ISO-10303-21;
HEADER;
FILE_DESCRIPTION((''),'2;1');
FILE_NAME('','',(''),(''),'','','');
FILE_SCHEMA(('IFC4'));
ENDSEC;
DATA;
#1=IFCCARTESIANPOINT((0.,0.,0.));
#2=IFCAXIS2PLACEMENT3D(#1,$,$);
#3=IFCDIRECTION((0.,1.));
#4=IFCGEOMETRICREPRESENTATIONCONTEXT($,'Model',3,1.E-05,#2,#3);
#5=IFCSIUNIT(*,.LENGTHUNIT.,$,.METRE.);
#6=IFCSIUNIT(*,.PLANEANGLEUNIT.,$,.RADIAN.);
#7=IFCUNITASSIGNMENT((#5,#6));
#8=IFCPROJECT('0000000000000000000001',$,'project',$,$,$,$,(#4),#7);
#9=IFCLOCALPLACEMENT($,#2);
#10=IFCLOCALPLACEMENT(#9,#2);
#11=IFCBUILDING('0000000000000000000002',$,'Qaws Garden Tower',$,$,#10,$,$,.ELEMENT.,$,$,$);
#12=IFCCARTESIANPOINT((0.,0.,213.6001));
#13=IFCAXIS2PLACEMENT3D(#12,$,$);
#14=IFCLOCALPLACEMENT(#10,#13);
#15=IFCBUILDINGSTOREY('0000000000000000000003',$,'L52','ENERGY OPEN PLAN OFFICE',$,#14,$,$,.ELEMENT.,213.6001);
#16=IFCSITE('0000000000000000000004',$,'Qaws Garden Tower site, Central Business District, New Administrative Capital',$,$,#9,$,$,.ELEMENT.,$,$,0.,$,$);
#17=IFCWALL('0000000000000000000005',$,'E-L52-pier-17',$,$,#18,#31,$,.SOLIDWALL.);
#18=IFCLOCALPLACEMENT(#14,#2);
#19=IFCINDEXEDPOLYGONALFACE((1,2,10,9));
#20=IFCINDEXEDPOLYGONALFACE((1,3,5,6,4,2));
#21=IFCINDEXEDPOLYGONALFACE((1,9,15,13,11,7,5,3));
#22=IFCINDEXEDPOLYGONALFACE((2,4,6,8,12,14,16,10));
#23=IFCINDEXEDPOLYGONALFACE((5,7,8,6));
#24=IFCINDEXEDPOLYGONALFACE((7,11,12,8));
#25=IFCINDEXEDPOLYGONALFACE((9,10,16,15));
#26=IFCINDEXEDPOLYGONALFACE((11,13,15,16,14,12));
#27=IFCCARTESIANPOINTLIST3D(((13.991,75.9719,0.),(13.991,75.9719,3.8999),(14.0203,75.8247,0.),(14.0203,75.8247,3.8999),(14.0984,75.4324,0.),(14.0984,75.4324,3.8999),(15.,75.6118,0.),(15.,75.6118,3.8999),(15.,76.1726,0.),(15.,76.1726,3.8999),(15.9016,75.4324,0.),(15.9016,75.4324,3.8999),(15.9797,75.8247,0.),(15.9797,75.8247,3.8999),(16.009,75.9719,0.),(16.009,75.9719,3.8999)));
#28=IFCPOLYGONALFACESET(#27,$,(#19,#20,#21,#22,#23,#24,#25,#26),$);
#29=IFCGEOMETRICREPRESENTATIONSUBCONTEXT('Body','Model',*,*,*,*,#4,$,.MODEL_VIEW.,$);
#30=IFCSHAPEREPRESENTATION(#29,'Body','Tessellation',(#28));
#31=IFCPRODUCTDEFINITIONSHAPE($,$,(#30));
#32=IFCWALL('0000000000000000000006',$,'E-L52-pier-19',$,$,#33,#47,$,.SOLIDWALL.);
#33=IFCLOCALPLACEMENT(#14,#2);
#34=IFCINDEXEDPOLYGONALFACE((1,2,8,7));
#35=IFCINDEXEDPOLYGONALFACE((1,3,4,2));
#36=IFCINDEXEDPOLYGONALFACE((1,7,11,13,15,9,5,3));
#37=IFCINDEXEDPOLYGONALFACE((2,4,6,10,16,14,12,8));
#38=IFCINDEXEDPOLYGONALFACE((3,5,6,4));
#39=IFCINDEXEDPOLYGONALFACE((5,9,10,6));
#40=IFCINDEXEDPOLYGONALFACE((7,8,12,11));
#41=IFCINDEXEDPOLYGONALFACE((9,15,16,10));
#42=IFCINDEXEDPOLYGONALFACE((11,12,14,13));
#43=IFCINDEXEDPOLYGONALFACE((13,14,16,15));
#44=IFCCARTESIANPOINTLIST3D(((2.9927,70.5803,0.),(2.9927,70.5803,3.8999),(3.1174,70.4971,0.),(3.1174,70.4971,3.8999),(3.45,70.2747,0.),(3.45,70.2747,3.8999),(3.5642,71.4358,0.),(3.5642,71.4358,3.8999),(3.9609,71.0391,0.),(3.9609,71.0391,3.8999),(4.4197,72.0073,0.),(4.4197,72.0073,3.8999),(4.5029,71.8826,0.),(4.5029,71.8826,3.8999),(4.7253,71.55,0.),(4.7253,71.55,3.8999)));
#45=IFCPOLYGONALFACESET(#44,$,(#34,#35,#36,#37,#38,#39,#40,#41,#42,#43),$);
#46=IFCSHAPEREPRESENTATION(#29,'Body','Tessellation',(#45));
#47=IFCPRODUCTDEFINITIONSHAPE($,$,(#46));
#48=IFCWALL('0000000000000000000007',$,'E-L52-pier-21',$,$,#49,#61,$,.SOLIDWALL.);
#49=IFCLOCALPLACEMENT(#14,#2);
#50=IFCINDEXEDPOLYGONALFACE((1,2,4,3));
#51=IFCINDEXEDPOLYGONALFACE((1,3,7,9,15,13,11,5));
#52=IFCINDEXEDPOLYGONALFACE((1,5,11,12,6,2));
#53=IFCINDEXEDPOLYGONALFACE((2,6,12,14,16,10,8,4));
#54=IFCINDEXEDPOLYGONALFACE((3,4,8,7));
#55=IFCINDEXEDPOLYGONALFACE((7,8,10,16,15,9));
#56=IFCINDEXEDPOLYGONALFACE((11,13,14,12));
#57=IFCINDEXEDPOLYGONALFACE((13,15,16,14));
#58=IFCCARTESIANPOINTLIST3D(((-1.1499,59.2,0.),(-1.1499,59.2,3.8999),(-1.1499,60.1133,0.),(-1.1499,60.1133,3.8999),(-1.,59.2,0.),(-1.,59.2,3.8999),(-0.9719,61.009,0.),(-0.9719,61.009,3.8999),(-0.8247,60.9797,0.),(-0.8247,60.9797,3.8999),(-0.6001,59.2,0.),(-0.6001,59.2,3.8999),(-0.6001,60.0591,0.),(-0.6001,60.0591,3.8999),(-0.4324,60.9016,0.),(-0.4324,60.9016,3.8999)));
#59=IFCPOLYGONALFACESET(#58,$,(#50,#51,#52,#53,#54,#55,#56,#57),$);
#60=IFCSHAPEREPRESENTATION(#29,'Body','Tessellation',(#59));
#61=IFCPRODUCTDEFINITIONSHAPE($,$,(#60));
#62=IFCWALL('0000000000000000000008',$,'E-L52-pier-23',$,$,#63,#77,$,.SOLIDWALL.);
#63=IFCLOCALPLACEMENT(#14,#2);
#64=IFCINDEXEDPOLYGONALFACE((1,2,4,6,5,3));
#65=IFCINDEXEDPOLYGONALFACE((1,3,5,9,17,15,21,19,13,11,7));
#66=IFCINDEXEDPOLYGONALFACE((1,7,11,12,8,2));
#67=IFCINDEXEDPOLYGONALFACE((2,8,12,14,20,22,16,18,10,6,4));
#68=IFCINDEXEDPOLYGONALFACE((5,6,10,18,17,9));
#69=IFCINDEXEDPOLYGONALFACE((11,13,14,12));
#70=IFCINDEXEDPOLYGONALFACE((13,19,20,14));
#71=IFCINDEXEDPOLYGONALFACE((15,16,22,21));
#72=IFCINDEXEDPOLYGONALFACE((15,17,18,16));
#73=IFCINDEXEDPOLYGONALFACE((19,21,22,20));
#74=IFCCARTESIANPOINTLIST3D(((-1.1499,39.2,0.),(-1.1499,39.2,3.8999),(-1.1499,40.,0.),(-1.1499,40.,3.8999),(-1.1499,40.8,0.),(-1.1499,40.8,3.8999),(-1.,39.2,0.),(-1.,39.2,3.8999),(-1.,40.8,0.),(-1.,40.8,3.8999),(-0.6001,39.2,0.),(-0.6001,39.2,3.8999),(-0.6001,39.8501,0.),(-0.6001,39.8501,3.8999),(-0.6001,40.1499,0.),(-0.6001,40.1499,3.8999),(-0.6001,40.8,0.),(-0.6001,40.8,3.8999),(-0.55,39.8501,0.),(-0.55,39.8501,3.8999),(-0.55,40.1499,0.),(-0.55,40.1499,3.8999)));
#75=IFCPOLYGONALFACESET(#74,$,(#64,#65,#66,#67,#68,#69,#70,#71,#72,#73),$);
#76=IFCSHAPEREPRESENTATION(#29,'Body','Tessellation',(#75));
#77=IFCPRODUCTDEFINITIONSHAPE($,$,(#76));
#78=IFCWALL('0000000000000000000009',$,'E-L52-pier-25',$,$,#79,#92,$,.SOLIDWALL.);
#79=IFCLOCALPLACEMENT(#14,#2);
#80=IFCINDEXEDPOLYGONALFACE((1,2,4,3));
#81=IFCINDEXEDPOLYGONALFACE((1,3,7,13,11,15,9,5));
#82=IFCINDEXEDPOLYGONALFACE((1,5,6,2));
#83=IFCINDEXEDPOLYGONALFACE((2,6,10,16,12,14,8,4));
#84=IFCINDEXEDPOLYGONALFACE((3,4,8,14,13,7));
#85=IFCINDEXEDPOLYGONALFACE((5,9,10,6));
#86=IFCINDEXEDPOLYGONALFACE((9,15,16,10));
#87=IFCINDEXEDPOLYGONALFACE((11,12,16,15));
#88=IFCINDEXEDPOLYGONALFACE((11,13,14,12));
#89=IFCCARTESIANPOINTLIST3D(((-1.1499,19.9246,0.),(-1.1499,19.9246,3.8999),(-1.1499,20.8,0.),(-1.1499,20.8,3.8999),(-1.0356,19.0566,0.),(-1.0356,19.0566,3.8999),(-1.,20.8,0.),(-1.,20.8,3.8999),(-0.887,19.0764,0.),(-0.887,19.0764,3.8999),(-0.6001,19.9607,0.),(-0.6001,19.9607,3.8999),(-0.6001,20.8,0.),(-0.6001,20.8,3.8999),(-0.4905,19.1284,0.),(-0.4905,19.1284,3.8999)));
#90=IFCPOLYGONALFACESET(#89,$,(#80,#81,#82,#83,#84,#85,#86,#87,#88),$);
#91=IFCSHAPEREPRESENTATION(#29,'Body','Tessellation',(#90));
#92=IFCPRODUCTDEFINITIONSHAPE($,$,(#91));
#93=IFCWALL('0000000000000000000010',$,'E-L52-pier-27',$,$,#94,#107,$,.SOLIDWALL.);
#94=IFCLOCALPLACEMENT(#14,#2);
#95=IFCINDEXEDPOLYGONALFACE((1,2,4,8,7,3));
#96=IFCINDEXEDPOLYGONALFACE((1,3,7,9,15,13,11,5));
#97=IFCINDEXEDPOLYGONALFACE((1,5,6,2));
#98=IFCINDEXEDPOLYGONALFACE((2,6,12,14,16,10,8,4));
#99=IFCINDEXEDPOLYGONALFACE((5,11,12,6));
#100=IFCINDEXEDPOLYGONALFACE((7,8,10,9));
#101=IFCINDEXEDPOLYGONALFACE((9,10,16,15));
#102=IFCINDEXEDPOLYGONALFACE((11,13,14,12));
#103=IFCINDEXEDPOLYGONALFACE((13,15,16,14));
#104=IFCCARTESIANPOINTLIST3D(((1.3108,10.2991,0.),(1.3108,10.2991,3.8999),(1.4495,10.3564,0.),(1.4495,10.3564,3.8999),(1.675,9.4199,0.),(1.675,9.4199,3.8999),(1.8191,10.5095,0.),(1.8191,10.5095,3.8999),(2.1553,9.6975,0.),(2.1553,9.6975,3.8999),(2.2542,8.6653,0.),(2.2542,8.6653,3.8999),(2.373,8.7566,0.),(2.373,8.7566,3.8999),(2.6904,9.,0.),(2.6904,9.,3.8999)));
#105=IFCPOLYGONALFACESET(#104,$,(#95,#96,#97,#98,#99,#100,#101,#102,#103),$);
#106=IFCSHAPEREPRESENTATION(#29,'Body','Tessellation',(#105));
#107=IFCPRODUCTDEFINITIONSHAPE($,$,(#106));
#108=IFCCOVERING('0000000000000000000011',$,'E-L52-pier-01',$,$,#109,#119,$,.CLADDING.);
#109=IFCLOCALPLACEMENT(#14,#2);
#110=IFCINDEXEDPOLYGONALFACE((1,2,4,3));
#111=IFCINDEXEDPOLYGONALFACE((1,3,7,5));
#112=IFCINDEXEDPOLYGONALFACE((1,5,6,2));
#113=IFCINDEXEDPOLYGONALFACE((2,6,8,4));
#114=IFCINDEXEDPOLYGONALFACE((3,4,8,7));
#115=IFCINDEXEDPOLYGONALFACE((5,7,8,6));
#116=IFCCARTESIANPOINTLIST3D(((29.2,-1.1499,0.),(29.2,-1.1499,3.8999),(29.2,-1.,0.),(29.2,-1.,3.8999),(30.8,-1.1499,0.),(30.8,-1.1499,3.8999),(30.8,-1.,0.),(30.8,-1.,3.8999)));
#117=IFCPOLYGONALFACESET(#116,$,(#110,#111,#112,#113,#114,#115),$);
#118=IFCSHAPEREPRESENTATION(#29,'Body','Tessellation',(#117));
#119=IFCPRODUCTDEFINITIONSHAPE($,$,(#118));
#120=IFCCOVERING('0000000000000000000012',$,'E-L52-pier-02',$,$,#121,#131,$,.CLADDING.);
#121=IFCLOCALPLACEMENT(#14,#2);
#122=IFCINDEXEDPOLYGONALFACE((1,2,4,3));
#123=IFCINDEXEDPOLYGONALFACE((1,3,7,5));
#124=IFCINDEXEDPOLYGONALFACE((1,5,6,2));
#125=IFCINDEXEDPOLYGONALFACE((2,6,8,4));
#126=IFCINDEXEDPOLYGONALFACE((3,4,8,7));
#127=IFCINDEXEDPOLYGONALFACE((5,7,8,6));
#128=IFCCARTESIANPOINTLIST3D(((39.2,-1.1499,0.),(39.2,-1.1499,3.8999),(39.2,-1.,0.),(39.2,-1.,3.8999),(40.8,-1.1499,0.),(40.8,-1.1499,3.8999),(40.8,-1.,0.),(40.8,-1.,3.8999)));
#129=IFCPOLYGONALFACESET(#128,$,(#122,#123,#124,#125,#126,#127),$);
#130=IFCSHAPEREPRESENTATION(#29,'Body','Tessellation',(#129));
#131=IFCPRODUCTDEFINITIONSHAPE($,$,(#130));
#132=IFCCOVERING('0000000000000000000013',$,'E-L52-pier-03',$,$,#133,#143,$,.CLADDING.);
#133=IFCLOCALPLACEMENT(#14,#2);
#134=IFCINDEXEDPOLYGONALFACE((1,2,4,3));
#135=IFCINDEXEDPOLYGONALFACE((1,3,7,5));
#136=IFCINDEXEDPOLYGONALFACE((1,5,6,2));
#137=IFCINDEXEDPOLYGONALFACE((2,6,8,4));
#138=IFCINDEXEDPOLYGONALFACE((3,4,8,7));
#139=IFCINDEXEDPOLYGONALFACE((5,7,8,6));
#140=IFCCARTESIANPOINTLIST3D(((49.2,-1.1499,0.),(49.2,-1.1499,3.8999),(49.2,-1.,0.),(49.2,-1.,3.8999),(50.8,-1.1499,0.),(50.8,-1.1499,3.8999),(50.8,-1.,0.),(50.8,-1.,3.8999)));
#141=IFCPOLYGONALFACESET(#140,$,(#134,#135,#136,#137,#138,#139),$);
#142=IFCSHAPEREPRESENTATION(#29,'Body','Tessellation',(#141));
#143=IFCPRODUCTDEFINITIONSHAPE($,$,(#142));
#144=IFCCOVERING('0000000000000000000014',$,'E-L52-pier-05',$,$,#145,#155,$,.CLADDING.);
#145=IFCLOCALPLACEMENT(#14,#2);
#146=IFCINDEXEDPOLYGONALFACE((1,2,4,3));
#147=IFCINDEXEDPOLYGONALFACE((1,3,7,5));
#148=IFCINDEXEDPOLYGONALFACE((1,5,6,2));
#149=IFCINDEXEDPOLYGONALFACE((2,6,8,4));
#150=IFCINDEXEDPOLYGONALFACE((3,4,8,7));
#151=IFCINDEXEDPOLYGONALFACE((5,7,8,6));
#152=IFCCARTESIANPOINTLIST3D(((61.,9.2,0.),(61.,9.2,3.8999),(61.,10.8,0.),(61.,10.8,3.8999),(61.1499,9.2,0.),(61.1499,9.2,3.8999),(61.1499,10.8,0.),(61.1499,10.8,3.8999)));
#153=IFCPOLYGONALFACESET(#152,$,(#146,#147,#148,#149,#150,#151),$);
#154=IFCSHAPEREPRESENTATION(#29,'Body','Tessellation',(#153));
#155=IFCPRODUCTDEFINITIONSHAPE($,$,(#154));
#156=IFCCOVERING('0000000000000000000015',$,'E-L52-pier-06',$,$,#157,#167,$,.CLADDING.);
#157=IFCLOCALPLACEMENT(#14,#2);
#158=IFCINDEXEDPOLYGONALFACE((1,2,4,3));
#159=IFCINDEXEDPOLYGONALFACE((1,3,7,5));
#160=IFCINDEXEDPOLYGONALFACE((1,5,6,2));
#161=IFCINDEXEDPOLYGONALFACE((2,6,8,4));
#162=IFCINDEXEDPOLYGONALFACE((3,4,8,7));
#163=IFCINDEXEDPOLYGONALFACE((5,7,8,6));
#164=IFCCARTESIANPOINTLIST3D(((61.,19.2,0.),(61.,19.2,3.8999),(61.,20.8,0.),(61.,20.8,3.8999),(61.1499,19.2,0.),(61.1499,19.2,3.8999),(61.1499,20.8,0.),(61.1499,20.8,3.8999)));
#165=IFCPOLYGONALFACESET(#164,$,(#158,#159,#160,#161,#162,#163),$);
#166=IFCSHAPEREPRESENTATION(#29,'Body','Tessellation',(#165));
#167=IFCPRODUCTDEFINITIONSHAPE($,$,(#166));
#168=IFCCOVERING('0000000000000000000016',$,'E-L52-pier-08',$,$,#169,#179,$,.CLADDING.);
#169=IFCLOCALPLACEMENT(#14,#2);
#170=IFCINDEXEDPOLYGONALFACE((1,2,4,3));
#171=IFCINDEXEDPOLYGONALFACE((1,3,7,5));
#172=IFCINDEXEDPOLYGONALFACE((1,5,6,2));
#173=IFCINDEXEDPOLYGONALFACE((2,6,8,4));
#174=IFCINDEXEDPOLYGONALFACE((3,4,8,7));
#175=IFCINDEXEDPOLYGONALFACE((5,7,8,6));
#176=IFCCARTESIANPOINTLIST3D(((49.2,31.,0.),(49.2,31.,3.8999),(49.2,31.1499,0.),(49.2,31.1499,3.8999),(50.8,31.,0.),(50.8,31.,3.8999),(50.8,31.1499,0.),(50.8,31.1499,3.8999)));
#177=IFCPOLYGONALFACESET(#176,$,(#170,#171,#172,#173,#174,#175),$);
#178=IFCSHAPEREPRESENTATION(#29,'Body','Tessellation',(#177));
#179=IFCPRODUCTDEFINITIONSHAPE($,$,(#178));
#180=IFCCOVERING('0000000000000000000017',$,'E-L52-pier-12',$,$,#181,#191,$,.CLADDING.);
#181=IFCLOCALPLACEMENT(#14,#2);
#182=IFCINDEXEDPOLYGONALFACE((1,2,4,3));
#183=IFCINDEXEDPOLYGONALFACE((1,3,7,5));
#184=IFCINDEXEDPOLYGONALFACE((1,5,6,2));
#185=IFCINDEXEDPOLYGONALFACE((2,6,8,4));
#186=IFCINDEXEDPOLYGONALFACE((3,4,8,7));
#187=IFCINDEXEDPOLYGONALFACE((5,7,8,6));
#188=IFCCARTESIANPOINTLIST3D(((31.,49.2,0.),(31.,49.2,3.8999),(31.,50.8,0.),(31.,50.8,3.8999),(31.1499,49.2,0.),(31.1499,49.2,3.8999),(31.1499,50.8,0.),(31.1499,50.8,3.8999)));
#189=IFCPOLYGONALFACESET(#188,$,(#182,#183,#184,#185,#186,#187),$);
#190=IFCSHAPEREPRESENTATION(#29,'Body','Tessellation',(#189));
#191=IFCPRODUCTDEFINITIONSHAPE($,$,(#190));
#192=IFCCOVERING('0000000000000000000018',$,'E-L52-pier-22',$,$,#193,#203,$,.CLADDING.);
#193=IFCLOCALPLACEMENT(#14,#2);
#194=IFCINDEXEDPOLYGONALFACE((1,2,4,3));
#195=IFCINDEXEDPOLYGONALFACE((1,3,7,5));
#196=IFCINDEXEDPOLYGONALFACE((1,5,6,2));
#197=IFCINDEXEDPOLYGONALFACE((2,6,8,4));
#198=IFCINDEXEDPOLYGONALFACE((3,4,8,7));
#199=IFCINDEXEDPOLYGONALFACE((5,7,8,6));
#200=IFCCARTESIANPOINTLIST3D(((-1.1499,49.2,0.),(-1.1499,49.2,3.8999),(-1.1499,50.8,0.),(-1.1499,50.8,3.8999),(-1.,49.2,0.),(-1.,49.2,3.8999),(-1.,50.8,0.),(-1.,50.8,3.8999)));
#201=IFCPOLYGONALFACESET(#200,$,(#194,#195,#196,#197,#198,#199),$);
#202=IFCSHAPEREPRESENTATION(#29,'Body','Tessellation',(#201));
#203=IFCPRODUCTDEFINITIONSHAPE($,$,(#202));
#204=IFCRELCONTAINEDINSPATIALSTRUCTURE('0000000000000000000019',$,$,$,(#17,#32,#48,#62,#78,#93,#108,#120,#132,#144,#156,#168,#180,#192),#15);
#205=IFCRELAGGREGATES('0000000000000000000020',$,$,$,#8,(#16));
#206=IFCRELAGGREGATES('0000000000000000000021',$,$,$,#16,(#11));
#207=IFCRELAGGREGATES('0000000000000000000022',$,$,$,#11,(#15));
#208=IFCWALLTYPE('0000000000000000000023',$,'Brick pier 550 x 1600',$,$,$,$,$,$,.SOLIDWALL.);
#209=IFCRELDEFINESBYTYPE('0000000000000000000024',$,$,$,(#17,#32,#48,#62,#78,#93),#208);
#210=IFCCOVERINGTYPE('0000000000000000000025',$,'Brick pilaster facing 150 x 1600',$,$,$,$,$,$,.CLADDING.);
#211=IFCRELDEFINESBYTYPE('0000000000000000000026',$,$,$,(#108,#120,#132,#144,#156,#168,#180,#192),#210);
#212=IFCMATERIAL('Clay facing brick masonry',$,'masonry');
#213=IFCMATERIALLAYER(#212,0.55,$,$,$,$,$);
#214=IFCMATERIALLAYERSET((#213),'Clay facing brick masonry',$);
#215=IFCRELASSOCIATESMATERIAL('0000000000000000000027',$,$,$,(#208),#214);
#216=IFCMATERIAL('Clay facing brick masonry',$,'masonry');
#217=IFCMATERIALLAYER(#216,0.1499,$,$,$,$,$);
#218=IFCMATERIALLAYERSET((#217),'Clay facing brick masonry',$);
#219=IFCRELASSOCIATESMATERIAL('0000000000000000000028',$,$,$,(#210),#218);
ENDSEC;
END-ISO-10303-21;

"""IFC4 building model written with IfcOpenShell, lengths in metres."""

from ifc_helpers import new_model, si_unit, direction, frame, origin, place, context, subcontext, project, spatial, polyline, outline, extrude, material, layer, layer_set, type_object, element, save


model = new_model("IFC4")

# Units and contexts
model_context = context("Model", 3, precision=1e-05, world=origin(), true_north=direction((0.0, 1.0)))
body_context = subcontext(model_context, "Body", "Model", "MODEL_VIEW")
ifc_project = project(units=[si_unit("LENGTHUNIT", "METRE"), si_unit("PLANEANGLEUNIT", "RADIAN")], contexts=[model_context])

# Site, building, storey
site_placement = place(None, origin())
site = spatial("IfcSite", under=ifc_project, at=site_placement, Name="Qaws Garden Tower site, Central Business District, New Administrative Capital", CompositionType="ELEMENT", RefElevation=0.0)
building_placement = place(site_placement, origin())
building = spatial("IfcBuilding", under=site, at=building_placement, Name="Qaws Garden Tower", CompositionType="ELEMENT")
storey_placement = place(building_placement, frame((0.0, 0.0, 213.6001)))
storey = spatial("IfcBuildingStorey", under=building, at=storey_placement, Name="L52", Description="ENERGY OPEN PLAN OFFICE", CompositionType="ELEMENT", Elevation=213.6001)

# Walls
placement = place(storey_placement, origin())
ifc_material_1 = material(Name="Clay facing brick masonry", Category="masonry")
ifc_layer_1 = layer(ifc_material_1, 0.55)
ifc_layer_set_1 = layer_set([ifc_layer_1], Name="Clay facing brick masonry")
wall_type_1 = type_object("IfcWallType", Name="Brick pier 550 x 1600", PredefinedType="SOLIDWALL", material=ifc_layer_set_1)
element("IfcWall", 1, at=placement, inside=storey, type_object=wall_type_1, Name="E-L52-pier-17", PredefinedType="SOLIDWALL", context=body_context, shape_type="SweptSolid", body=[
    extrude(outline(polyline([(15.9797, 75.8247), (16.009, 75.9719), (15.0, 76.1726), (13.991, 75.9719), (14.0203, 75.8247), (14.0984, 75.4324), (15.0, 75.6118), (15.9016, 75.4324), (15.9797, 75.8247)])), origin(), (0.0, 0.0, 1.0), 3.8999),
])
element("IfcWall", 2, at=placement, inside=storey, type_object=wall_type_1, Name="E-L52-pier-19", PredefinedType="SOLIDWALL", context=body_context, shape_type="SweptSolid", body=[
    extrude(outline(polyline([(4.5029, 71.8826), (4.4197, 72.0073), (3.5642, 71.4358), (2.9927, 70.5803), (3.1174, 70.4971), (3.45, 70.2747), (3.9609, 71.0391), (4.7253, 71.55), (4.5029, 71.8826)])), origin(), (0.0, 0.0, 1.0), 3.8999),
])
element("IfcWall", 3, at=placement, inside=storey, type_object=wall_type_1, Name="E-L52-pier-21", PredefinedType="SOLIDWALL", context=body_context, shape_type="SweptSolid", body=[
    extrude(outline(polyline([(-0.8247, 60.9797), (-0.9719, 61.009), (-1.1499, 60.1133), (-1.1499, 59.2), (-1.0, 59.2), (-0.6001, 59.2), (-0.6001, 60.0591), (-0.4324, 60.9016), (-0.8247, 60.9797)])), origin(), (0.0, 0.0, 1.0), 3.8999),
])
element("IfcWall", 4, at=placement, inside=storey, type_object=wall_type_1, Name="E-L52-pier-23", PredefinedType="SOLIDWALL", context=body_context, shape_type="SweptSolid", body=[
    extrude(outline(polyline([(-0.6001, 39.2), (-0.6001, 39.8501), (-0.55, 39.8501), (-0.55, 40.1499), (-0.6001, 40.1499), (-0.6001, 40.8), (-1.0, 40.8), (-1.1499, 40.8), (-1.1499, 40.0), (-1.1499, 39.2), (-1.0, 39.2), (-0.6001, 39.2)])), origin(), (0.0, 0.0, 1.0), 3.8999),
])
element("IfcWall", 5, at=placement, inside=storey, type_object=wall_type_1, Name="E-L52-pier-25", PredefinedType="SOLIDWALL", context=body_context, shape_type="SweptSolid", body=[
    extrude(outline(polyline([(-1.0, 20.8), (-1.1499, 20.8), (-1.1499, 19.9246), (-1.0356, 19.0566), (-0.887, 19.0764), (-0.4905, 19.1284), (-0.6001, 19.9607), (-0.6001, 20.8), (-1.0, 20.8)])), origin(), (0.0, 0.0, 1.0), 3.8999),
])
element("IfcWall", 6, at=placement, inside=storey, type_object=wall_type_1, Name="E-L52-pier-27", PredefinedType="SOLIDWALL", context=body_context, shape_type="SweptSolid", body=[
    extrude(outline(polyline([(1.4495, 10.3564), (1.3108, 10.2991), (1.675, 9.4199), (2.2542, 8.6653), (2.373, 8.7566), (2.6904, 9.0), (2.1553, 9.6975), (1.8191, 10.5095), (1.4495, 10.3564)])), origin(), (0.0, 0.0, 1.0), 3.8999),
])

# Coverings
ifc_material_2 = material(Name="Clay facing brick masonry", Category="masonry")
ifc_layer_2 = layer(ifc_material_2, 0.1499)
ifc_layer_set_2 = layer_set([ifc_layer_2], Name="Clay facing brick masonry")
covering_type = type_object("IfcCoveringType", Name="Brick pilaster facing 150 x 1600", PredefinedType="CLADDING", material=ifc_layer_set_2)
element("IfcCovering", 7, at=placement, inside=storey, type_object=covering_type, Name="E-L52-pier-01", PredefinedType="CLADDING", context=body_context, shape_type="SweptSolid", body=[
    extrude(outline(polyline([(29.2, -1.0), (30.8, -1.0), (30.8, -1.1499), (29.2, -1.1499), (29.2, -1.0)])), origin(), (0.0, 0.0, 1.0), 3.8999),
])
element("IfcCovering", 8, at=placement, inside=storey, type_object=covering_type, Name="E-L52-pier-02", PredefinedType="CLADDING", context=body_context, shape_type="SweptSolid", body=[
    extrude(outline(polyline([(39.2, -1.0), (40.8, -1.0), (40.8, -1.1499), (39.2, -1.1499), (39.2, -1.0)])), origin(), (0.0, 0.0, 1.0), 3.8999),
])
element("IfcCovering", 9, at=placement, inside=storey, type_object=covering_type, Name="E-L52-pier-03", PredefinedType="CLADDING", context=body_context, shape_type="SweptSolid", body=[
    extrude(outline(polyline([(49.2, -1.0), (50.8, -1.0), (50.8, -1.1499), (49.2, -1.1499), (49.2, -1.0)])), origin(), (0.0, 0.0, 1.0), 3.8999),
])
element("IfcCovering", 10, at=placement, inside=storey, type_object=covering_type, Name="E-L52-pier-05", PredefinedType="CLADDING", context=body_context, shape_type="SweptSolid", body=[
    extrude(outline(polyline([(61.0, 9.2), (61.0, 10.8), (61.1499, 10.8), (61.1499, 9.2), (61.0, 9.2)])), origin(), (0.0, 0.0, 1.0), 3.8999),
])
element("IfcCovering", 11, at=placement, inside=storey, type_object=covering_type, Name="E-L52-pier-06", PredefinedType="CLADDING", context=body_context, shape_type="SweptSolid", body=[
    extrude(outline(polyline([(61.0, 19.2), (61.0, 20.8), (61.1499, 20.8), (61.1499, 19.2), (61.0, 19.2)])), origin(), (0.0, 0.0, 1.0), 3.8999),
])
element("IfcCovering", 12, at=placement, inside=storey, type_object=covering_type, Name="E-L52-pier-08", PredefinedType="CLADDING", context=body_context, shape_type="SweptSolid", body=[
    extrude(outline(polyline([(50.8, 31.0), (49.2, 31.0), (49.2, 31.1499), (50.8, 31.1499), (50.8, 31.0)])), origin(), (0.0, 0.0, 1.0), 3.8999),
])
element("IfcCovering", 13, at=placement, inside=storey, type_object=covering_type, Name="E-L52-pier-12", PredefinedType="CLADDING", context=body_context, shape_type="SweptSolid", body=[
    extrude(outline(polyline([(31.0, 49.2), (31.0, 50.8), (31.1499, 50.8), (31.1499, 49.2), (31.0, 49.2)])), origin(), (0.0, 0.0, 1.0), 3.8999),
])
element("IfcCovering", 14, at=placement, inside=storey, type_object=covering_type, Name="E-L52-pier-22", PredefinedType="CLADDING", context=body_context, shape_type="SweptSolid", body=[
    extrude(outline(polyline([(-1.0, 50.8), (-1.0, 49.2), (-1.1499, 49.2), (-1.1499, 50.8), (-1.0, 50.8)])), origin(), (0.0, 0.0, 1.0), 3.8999),
])

save(model, "model.ifc")
